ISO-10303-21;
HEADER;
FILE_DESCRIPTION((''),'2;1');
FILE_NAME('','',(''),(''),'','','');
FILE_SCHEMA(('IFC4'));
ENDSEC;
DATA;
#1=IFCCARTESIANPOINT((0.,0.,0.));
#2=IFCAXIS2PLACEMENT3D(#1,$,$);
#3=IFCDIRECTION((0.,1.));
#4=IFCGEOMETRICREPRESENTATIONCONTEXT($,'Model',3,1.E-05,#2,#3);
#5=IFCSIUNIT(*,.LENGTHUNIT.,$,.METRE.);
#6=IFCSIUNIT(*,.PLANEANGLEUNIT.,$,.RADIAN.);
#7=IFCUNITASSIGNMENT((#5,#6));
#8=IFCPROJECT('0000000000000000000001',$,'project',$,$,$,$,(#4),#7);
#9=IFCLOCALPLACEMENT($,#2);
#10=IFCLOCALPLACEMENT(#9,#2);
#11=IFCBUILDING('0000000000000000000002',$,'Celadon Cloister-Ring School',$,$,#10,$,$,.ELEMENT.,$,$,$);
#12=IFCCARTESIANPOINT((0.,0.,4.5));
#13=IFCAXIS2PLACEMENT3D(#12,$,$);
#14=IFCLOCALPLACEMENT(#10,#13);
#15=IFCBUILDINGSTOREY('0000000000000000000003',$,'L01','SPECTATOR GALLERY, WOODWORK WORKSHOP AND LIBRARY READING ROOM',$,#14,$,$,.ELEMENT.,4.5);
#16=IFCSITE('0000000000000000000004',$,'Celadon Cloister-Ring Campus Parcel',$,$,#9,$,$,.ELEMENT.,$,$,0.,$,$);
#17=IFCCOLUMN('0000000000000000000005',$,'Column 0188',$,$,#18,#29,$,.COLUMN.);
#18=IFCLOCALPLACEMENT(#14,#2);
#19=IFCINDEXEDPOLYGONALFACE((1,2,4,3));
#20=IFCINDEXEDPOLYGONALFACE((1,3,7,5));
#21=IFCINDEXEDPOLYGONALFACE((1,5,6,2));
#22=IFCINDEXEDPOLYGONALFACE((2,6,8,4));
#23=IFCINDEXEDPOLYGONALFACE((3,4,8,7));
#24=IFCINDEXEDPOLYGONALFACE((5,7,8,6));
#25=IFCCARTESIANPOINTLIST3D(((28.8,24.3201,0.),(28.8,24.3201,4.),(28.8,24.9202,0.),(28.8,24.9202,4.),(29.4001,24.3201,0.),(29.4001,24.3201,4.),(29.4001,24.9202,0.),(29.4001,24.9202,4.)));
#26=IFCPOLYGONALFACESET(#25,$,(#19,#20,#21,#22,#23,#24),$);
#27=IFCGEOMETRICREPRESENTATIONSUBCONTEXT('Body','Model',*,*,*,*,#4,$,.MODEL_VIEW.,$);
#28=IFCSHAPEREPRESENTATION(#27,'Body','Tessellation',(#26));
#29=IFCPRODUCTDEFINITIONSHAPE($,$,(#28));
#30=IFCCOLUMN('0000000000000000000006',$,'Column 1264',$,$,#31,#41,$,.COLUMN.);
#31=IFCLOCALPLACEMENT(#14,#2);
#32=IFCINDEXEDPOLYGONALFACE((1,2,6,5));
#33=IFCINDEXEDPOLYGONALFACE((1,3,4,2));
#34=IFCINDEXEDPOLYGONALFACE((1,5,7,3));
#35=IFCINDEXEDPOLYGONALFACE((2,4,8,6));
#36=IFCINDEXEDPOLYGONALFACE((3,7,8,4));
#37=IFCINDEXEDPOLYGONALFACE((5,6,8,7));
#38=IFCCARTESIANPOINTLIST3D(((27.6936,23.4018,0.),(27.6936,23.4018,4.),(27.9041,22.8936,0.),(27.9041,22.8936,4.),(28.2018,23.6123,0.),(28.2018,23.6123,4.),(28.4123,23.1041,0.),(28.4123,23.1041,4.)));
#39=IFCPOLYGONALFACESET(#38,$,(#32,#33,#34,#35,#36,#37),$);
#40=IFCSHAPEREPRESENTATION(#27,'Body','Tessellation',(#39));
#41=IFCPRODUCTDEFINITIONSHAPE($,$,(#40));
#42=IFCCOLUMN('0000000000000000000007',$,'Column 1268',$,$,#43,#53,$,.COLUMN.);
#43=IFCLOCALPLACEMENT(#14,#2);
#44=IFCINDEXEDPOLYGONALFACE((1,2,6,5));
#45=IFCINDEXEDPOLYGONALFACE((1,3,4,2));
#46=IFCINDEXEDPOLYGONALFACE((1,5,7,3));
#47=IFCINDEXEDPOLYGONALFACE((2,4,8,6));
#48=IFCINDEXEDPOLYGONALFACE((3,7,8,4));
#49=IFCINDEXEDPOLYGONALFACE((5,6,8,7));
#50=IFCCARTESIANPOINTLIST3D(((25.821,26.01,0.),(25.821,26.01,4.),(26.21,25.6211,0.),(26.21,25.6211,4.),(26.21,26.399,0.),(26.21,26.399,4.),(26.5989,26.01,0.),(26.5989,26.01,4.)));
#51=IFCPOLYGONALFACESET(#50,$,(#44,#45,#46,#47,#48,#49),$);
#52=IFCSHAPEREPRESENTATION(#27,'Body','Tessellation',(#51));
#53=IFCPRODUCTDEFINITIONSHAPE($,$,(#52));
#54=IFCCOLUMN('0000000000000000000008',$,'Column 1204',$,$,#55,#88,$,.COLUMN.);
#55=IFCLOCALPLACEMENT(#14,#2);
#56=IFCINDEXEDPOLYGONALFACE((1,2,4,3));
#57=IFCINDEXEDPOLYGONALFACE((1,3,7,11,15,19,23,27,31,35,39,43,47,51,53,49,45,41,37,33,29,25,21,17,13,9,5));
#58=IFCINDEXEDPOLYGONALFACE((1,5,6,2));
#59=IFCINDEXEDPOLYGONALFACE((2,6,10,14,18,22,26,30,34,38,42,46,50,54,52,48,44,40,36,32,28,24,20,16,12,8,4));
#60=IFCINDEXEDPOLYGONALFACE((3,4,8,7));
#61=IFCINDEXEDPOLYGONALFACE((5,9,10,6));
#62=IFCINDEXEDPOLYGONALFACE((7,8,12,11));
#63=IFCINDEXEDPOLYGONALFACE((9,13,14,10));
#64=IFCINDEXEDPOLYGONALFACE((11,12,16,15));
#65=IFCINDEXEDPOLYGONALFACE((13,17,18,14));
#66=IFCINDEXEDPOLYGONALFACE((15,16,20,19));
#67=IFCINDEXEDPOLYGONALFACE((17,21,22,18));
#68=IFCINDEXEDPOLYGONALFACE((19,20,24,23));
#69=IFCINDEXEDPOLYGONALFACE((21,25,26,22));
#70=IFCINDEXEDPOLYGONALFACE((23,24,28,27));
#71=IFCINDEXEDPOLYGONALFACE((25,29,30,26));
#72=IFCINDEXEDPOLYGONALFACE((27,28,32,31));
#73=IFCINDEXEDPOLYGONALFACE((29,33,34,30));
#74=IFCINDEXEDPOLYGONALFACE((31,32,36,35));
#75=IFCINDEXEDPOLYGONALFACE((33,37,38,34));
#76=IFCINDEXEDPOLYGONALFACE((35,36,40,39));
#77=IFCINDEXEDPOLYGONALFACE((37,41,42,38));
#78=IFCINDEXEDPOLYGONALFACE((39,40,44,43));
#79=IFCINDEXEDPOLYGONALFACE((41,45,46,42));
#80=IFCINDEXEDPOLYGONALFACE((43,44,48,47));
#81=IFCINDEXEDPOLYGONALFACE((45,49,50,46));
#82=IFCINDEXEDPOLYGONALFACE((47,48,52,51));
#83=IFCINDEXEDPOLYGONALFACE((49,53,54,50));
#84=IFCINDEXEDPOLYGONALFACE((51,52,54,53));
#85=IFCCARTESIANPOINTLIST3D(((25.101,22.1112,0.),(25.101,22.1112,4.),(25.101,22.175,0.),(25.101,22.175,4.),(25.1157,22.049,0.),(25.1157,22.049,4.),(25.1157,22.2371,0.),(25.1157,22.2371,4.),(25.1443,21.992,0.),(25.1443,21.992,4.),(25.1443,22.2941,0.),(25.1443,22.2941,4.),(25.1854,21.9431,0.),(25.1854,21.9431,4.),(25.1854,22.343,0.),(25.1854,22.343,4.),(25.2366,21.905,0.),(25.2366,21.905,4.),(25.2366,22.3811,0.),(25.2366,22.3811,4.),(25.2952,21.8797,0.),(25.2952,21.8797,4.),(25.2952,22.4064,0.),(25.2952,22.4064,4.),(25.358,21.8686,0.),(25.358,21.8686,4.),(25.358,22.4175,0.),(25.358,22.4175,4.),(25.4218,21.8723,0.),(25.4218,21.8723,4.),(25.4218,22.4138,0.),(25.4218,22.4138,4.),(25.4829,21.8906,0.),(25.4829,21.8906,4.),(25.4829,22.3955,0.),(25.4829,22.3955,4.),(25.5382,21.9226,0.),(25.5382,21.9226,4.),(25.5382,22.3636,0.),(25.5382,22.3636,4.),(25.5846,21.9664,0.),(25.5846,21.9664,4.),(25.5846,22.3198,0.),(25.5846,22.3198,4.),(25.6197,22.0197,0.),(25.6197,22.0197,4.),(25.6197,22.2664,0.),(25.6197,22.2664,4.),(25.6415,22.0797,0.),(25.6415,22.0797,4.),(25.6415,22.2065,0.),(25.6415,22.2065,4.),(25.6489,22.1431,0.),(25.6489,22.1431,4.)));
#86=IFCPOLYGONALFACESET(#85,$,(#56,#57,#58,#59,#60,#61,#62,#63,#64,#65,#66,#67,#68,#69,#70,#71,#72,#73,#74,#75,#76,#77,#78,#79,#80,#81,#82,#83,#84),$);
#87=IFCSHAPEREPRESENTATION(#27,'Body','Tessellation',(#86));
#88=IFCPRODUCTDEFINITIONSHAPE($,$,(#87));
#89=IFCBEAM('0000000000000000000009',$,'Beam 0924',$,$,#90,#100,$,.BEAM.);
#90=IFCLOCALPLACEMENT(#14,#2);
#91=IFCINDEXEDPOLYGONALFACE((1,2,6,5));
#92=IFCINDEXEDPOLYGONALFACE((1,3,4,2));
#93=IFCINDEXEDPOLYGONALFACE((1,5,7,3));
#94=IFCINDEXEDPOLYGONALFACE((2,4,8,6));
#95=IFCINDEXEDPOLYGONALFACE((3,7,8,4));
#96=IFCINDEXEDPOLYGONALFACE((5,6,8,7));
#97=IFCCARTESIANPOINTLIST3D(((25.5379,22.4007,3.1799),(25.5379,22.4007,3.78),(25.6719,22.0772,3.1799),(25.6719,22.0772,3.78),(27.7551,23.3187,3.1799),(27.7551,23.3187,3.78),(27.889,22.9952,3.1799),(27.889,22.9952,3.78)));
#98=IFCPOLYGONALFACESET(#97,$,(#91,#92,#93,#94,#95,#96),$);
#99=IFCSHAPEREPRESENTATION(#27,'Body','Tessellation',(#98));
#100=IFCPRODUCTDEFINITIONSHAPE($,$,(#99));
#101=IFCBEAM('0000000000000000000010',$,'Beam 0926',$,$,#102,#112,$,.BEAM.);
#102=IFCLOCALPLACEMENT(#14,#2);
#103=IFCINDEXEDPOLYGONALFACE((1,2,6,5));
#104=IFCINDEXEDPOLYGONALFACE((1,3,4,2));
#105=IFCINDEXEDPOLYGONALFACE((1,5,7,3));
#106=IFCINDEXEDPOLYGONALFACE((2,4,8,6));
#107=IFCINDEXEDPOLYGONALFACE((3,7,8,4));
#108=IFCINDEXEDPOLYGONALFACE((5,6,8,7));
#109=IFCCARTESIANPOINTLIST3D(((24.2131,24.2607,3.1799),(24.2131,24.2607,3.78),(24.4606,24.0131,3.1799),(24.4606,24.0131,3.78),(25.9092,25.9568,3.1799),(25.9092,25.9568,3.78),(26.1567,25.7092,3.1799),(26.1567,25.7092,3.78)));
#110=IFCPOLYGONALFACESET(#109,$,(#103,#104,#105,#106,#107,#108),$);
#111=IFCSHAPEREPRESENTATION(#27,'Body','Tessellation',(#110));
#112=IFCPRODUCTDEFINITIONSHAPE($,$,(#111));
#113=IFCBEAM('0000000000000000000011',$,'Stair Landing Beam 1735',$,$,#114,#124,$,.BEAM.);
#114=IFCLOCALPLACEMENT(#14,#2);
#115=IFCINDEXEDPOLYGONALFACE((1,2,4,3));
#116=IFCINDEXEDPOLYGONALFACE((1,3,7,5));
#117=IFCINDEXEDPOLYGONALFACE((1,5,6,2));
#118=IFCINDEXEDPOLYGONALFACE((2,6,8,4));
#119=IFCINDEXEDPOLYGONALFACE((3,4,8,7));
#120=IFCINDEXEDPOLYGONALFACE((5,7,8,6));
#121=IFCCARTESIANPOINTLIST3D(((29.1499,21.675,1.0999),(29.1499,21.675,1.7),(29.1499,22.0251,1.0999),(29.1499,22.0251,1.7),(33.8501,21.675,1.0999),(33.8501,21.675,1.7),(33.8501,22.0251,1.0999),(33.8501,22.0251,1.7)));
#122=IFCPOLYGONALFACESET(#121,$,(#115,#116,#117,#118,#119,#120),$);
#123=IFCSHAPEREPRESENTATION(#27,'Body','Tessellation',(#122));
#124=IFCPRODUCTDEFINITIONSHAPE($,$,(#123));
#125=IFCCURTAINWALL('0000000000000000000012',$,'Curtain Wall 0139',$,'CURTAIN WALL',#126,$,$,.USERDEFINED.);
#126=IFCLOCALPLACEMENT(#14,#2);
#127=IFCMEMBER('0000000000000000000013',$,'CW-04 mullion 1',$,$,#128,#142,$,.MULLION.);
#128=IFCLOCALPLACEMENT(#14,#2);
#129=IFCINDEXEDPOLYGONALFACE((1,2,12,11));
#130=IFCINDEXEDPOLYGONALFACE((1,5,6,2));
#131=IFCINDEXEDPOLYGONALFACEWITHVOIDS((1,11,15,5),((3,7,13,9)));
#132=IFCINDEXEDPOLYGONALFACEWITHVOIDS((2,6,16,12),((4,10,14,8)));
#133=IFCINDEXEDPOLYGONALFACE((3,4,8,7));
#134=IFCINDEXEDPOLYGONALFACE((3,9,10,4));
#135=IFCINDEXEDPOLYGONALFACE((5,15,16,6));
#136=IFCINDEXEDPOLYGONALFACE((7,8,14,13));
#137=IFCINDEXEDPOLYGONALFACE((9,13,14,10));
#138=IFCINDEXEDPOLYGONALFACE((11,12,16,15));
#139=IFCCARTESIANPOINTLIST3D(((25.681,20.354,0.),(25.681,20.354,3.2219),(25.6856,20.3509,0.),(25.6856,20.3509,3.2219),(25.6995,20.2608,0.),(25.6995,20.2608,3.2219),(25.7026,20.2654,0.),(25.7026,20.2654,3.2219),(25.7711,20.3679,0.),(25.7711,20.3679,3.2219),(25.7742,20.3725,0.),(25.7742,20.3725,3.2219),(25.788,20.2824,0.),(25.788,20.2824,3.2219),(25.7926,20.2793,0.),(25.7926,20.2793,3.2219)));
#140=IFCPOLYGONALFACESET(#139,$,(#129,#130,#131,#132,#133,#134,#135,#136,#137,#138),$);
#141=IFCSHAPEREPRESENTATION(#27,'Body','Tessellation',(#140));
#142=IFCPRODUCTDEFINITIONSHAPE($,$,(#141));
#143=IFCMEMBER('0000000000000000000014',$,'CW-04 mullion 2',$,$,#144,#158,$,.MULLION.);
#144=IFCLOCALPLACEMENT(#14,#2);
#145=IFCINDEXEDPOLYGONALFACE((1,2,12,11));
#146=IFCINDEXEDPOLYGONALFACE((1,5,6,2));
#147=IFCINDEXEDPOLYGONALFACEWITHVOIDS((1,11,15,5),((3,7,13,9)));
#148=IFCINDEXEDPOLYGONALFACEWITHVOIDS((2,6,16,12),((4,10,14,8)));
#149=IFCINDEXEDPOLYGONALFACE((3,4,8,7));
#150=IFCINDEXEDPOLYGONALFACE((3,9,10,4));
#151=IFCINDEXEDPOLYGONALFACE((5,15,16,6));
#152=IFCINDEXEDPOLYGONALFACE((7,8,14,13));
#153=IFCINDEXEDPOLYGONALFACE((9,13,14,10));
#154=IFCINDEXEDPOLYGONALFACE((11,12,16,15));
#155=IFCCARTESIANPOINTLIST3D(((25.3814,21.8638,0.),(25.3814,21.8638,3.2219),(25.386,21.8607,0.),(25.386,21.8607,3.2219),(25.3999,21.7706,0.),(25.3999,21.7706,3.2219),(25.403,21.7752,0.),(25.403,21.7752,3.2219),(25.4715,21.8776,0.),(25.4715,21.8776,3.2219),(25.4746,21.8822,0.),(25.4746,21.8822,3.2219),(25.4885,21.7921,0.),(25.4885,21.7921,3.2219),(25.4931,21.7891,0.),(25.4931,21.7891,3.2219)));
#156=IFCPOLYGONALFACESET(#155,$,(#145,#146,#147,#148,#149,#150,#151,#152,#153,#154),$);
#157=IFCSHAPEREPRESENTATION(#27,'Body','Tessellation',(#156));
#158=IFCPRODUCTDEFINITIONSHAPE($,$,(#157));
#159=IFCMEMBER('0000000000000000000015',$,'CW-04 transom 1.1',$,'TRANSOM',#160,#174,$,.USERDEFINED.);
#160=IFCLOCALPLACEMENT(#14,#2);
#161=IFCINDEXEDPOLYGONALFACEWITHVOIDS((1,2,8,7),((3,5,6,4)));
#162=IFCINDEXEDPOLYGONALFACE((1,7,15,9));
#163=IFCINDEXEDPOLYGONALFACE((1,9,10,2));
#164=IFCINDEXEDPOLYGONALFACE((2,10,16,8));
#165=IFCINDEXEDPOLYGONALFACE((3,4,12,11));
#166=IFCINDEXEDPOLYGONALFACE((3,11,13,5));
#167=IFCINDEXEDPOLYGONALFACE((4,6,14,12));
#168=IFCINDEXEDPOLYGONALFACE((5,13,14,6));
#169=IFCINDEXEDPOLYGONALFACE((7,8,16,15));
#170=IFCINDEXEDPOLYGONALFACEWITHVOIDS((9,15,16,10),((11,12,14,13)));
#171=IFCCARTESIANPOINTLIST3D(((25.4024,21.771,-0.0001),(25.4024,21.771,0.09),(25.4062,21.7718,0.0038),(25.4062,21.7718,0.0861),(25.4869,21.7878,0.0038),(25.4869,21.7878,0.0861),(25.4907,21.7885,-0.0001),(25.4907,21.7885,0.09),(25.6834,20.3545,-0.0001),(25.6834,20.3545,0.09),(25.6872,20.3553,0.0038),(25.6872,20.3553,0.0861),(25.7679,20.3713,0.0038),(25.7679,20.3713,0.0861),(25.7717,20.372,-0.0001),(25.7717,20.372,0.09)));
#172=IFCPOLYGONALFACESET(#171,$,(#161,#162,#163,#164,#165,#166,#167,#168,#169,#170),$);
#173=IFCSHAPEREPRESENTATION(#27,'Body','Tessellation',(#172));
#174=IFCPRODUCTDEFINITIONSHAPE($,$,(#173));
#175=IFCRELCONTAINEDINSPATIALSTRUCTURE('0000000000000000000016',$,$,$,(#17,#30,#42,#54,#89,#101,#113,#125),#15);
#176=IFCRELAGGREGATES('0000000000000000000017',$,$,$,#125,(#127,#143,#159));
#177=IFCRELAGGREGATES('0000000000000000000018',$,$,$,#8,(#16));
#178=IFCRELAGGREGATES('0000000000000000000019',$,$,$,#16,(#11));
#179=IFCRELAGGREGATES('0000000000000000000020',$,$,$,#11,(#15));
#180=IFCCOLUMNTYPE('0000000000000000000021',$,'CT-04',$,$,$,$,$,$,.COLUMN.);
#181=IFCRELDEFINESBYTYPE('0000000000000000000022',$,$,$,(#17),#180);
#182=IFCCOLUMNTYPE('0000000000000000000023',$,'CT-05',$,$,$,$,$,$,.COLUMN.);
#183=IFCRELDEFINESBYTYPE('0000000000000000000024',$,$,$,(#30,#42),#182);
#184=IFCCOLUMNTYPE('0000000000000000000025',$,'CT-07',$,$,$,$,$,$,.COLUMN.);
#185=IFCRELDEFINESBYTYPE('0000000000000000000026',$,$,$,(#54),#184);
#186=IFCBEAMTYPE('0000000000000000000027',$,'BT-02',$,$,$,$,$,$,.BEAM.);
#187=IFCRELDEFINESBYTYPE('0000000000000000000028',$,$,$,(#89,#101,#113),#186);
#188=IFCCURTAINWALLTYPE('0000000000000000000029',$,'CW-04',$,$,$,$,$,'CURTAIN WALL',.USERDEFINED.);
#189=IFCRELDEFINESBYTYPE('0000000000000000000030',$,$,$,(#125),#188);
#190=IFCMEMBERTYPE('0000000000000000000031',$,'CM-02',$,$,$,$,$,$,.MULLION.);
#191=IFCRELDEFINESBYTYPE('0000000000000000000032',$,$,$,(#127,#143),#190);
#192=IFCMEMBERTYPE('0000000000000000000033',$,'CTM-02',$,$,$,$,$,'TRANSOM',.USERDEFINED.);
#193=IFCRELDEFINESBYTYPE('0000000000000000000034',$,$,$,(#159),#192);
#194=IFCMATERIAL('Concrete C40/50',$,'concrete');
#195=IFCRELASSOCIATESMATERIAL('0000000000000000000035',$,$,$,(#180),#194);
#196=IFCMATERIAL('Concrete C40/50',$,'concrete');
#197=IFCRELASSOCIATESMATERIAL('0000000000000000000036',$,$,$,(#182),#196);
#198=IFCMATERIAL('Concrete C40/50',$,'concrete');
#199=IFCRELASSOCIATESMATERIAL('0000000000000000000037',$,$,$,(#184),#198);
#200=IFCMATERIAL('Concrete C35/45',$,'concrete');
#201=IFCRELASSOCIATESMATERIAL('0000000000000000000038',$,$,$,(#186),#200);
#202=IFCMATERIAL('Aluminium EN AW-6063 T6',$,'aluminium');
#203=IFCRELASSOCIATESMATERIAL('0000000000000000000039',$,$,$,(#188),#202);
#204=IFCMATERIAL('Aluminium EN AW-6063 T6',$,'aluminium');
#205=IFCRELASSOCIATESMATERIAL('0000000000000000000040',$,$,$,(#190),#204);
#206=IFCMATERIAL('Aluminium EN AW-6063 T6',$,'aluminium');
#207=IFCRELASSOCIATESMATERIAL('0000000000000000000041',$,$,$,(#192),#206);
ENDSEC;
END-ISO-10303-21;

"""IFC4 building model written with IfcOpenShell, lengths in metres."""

from ifc_helpers import new_model, si_unit, direction, frame, origin, origin_2d, place, context, subcontext, project, spatial, rectangle, hollow_rectangle, circle, extrude, material, material_profile, profile_set, type_object, element, aggregate, save


model = new_model("IFC4")

# Units and contexts
model_context = context("Model", 3, precision=1e-05, world=origin(), true_north=direction((0.0, 1.0)))
body_context = subcontext(model_context, "Body", "Model", "MODEL_VIEW")
ifc_project = project(units=[si_unit("LENGTHUNIT", "METRE"), si_unit("PLANEANGLEUNIT", "RADIAN")], contexts=[model_context])

# Site, building, storey
site_placement = place(None, origin())
site = spatial("IfcSite", under=ifc_project, at=site_placement, Name="Celadon Cloister-Ring Campus Parcel", CompositionType="ELEMENT", RefElevation=0.0)
building_placement = place(site_placement, origin())
building = spatial("IfcBuilding", under=site, at=building_placement, Name="Celadon Cloister-Ring School", CompositionType="ELEMENT")
storey_placement = place(building_placement, frame((0.0, 0.0, 4.5)))
storey = spatial("IfcBuildingStorey", under=building, at=storey_placement, Name="L01", Description="SPECTATOR GALLERY, WOODWORK WORKSHOP AND LIBRARY READING ROOM", CompositionType="ELEMENT", Elevation=4.5)

# Columns
ifc_material_1 = material(Name="Concrete C40/50", Category="concrete")
ifc_material_profile_1 = material_profile(ifc_material_1, rectangle(XDim=0.6001, YDim=0.6001, at=origin_2d()), Name="RC600X600")
ifc_profile_set_1 = profile_set([ifc_material_profile_1], Name="Concrete C40/50")
column_type_1 = type_object("IfcColumnType", Name="CT-04", PredefinedType="COLUMN", material=ifc_profile_set_1)
column_1_placement = place(storey_placement, frame((29.1001, 24.6201, 0.0), z_axis=(0.0, 0.0, 1.0), x_axis=(1.0, 0.0, 0.0)))
element("IfcColumn", 1, at=column_1_placement, inside=storey, type_object=column_type_1, Name="Column 0188", PredefinedType="COLUMN", context=body_context, shape_type="SweptSolid", body=[
    extrude(rectangle(XDim=0.6001, YDim=0.6001, at=origin_2d()), origin(), (0.0, 0.0, 1.0), 4.0),
])
ifc_material_2 = material(Name="Concrete C40/50", Category="concrete")
ifc_material_profile_2 = material_profile(ifc_material_2, rectangle(XDim=0.55, YDim=0.55, at=origin_2d()), Name="RC550X550")
ifc_profile_set_2 = profile_set([ifc_material_profile_2], Name="Concrete C40/50")
column_type_2 = type_object("IfcColumnType", Name="CT-05", PredefinedType="COLUMN", material=ifc_profile_set_2)
for number, where, z_axis, x_axis, name in (
    (2, (28.053, 23.2529, 0.0), (0.0, 0.0, 1.0), (0.92388, 0.382683, 0.0), "Column 1264"),
    (3, (26.21, 26.01, 0.0), (0.0, 0.0, 1.0), (0.707107, 0.707107, 0.0), "Column 1268"),
):
    element("IfcColumn", number, at=place(storey_placement, frame(where, z_axis=z_axis, x_axis=x_axis)), inside=storey, type_object=column_type_2, Name=name, PredefinedType="COLUMN", context=body_context, shape_type="SweptSolid", body=[
        extrude(rectangle(XDim=0.55, YDim=0.55, at=origin_2d()), origin(), (0.0, 0.0, 1.0), 4.0),
    ])
ifc_material_3 = material(Name="Concrete C40/50", Category="concrete")
ifc_material_profile_3 = material_profile(ifc_material_3, circle(Radius=0.2749, at=origin_2d()), Name="CIRC550")
ifc_profile_set_3 = profile_set([ifc_material_profile_3], Name="Concrete C40/50")
column_type_3 = type_object("IfcColumnType", Name="CT-07", PredefinedType="COLUMN", material=ifc_profile_set_3)
column_2_placement = place(storey_placement, frame((25.374, 22.1431, 0.0), z_axis=(0.0, 0.0, 1.0), x_axis=(1.0, 0.0, 0.0)))
element("IfcColumn", 4, at=column_2_placement, inside=storey, type_object=column_type_3, Name="Column 1204", PredefinedType="COLUMN", context=body_context, shape_type="SweptSolid", body=[
    extrude(circle(Radius=0.2749, at=origin_2d()), origin(), (0.0, 0.0, 1.0), 4.0),
])

# Beams
ifc_material_4 = material(Name="Concrete C35/45", Category="concrete")
ifc_material_profile_4 = material_profile(ifc_material_4, rectangle(XDim=0.3501, YDim=0.6001, at=origin_2d()), Name="RC350X600")
ifc_profile_set_4 = profile_set([ifc_material_profile_4], Name="Concrete C35/45")
beam_type_1 = type_object("IfcBeamType", Name="BT-02", PredefinedType="BEAM", material=ifc_profile_set_4)
beam_1_placement = place(storey_placement, frame((27.822, 23.157, 3.48), z_axis=(-0.923933, -0.382555, 0.0), x_axis=(0.382555, -0.923933, 0.0)))
element("IfcBeam", 5, at=beam_1_placement, inside=storey, type_object=beam_type_1, Name="Beam 0924", PredefinedType="BEAM", context=body_context, shape_type="SweptSolid", body=[
    extrude(rectangle(XDim=0.3501, YDim=0.6001, at=origin_2d()), origin(), (0.0, 0.0, 1.0), 2.3997),
])
beam_2_placement = place(storey_placement, frame((26.033, 25.833, 3.48), z_axis=(-0.707107, -0.707107, 0.0), x_axis=(0.707107, -0.707107, 0.0)))
element("IfcBeam", 6, at=beam_2_placement, inside=storey, type_object=beam_type_1, Name="Beam 0926", PredefinedType="BEAM", context=body_context, shape_type="SweptSolid", body=[
    extrude(rectangle(XDim=0.3501, YDim=0.6001, at=origin_2d()), origin(), (0.0, 0.0, 1.0), 2.3987),
])
beam_3_placement = place(storey_placement, frame((29.1499, 21.8501, 1.3999), z_axis=(1.0, 0.0, 0.0), x_axis=(0.0, 1.0, 0.0)))
element("IfcBeam", 7, at=beam_3_placement, inside=storey, type_object=beam_type_1, Name="Stair Landing Beam 1735", PredefinedType="BEAM", context=body_context, shape_type="SweptSolid", body=[
    extrude(rectangle(XDim=0.3501, YDim=0.6001, at=origin_2d()), origin(), (0.0, 0.0, 1.0), 4.7002),
])

# Curtain wall, members
ifc_material_5 = material(Name="Aluminium EN AW-6063 T6", Category="aluminium")
curtain_wall_type = type_object("IfcCurtainWallType", Name="CW-04", ElementType="CURTAIN WALL", PredefinedType="USERDEFINED", material=ifc_material_5)
curtain_wall_placement = place(storey_placement, origin())
curtain_wall = element("IfcCurtainWall", 8, at=curtain_wall_placement, inside=storey, type_object=curtain_wall_type, Name="Curtain Wall 0139", ObjectType="CURTAIN WALL", PredefinedType="USERDEFINED")
ifc_material_6 = material(Name="Aluminium EN AW-6063 T6", Category="aluminium")
ifc_material_profile_5 = material_profile(ifc_material_6, hollow_rectangle(XDim=0.095, YDim=0.095, WallThickness=0.0039, at=origin_2d()), Name="RHS95X95X4")
ifc_profile_set_5 = profile_set([ifc_material_profile_5], Name="Aluminium EN AW-6063 T6")
member_type_1 = type_object("IfcMemberType", Name="CM-02", PredefinedType="MULLION", material=ifc_profile_set_5)
member_1_placement = place(storey_placement, frame((25.7368, 20.3167, 0.0), z_axis=(0.0, 0.0, 1.0), x_axis=(-0.980885, -0.194586, 0.0)))
member_1 = element("IfcMember", 9, at=member_1_placement, type_object=member_type_1, Name="CW-04 mullion 1", PredefinedType="MULLION", context=body_context, shape_type="SweptSolid", body=[
    extrude(hollow_rectangle(XDim=0.095, YDim=0.095, WallThickness=0.0039, at=origin_2d()), origin(), (0.0, 0.0, 1.0), 3.2219),
])
member_2_placement = place(storey_placement, frame((25.4373, 21.8264, 0.0), z_axis=(0.0, 0.0, 1.0), x_axis=(-0.980885, -0.194586, 0.0)))
member_2 = element("IfcMember", 10, at=member_2_placement, type_object=member_type_1, Name="CW-04 mullion 2", PredefinedType="MULLION", context=body_context, shape_type="SweptSolid", body=[
    extrude(hollow_rectangle(XDim=0.095, YDim=0.095, WallThickness=0.0039, at=origin_2d()), origin(), (0.0, 0.0, 1.0), 3.2219),
])
ifc_material_7 = material(Name="Aluminium EN AW-6063 T6", Category="aluminium")
ifc_material_profile_6 = material_profile(ifc_material_7, hollow_rectangle(XDim=0.0901, YDim=0.0901, WallThickness=0.0039, at=origin_2d()), Name="RHS90X90X4")
ifc_profile_set_6 = profile_set([ifc_material_profile_6], Name="Aluminium EN AW-6063 T6")
member_type_2 = type_object("IfcMemberType", Name="CTM-02", ElementType="TRANSOM", PredefinedType="USERDEFINED", material=ifc_profile_set_6)
member_3_placement = place(storey_placement, frame((25.7275, 20.3633, 0.0449), z_axis=(-0.194588, 0.980885, 0.0), x_axis=(-0.980885, -0.194588, 0.0)))
member_3 = element("IfcMember", 11, at=member_3_placement, type_object=member_type_2, Name="CW-04 transom 1.1", ObjectType="TRANSOM", PredefinedType="USERDEFINED", context=body_context, shape_type="SweptSolid", body=[
    extrude(hollow_rectangle(XDim=0.0901, YDim=0.0901, WallThickness=0.0039, at=origin_2d()), origin(), (0.0, 0.0, 1.0), 1.4441),
])

aggregate(curtain_wall, [member_1, member_2, member_3])

save(model, "model.ifc")
